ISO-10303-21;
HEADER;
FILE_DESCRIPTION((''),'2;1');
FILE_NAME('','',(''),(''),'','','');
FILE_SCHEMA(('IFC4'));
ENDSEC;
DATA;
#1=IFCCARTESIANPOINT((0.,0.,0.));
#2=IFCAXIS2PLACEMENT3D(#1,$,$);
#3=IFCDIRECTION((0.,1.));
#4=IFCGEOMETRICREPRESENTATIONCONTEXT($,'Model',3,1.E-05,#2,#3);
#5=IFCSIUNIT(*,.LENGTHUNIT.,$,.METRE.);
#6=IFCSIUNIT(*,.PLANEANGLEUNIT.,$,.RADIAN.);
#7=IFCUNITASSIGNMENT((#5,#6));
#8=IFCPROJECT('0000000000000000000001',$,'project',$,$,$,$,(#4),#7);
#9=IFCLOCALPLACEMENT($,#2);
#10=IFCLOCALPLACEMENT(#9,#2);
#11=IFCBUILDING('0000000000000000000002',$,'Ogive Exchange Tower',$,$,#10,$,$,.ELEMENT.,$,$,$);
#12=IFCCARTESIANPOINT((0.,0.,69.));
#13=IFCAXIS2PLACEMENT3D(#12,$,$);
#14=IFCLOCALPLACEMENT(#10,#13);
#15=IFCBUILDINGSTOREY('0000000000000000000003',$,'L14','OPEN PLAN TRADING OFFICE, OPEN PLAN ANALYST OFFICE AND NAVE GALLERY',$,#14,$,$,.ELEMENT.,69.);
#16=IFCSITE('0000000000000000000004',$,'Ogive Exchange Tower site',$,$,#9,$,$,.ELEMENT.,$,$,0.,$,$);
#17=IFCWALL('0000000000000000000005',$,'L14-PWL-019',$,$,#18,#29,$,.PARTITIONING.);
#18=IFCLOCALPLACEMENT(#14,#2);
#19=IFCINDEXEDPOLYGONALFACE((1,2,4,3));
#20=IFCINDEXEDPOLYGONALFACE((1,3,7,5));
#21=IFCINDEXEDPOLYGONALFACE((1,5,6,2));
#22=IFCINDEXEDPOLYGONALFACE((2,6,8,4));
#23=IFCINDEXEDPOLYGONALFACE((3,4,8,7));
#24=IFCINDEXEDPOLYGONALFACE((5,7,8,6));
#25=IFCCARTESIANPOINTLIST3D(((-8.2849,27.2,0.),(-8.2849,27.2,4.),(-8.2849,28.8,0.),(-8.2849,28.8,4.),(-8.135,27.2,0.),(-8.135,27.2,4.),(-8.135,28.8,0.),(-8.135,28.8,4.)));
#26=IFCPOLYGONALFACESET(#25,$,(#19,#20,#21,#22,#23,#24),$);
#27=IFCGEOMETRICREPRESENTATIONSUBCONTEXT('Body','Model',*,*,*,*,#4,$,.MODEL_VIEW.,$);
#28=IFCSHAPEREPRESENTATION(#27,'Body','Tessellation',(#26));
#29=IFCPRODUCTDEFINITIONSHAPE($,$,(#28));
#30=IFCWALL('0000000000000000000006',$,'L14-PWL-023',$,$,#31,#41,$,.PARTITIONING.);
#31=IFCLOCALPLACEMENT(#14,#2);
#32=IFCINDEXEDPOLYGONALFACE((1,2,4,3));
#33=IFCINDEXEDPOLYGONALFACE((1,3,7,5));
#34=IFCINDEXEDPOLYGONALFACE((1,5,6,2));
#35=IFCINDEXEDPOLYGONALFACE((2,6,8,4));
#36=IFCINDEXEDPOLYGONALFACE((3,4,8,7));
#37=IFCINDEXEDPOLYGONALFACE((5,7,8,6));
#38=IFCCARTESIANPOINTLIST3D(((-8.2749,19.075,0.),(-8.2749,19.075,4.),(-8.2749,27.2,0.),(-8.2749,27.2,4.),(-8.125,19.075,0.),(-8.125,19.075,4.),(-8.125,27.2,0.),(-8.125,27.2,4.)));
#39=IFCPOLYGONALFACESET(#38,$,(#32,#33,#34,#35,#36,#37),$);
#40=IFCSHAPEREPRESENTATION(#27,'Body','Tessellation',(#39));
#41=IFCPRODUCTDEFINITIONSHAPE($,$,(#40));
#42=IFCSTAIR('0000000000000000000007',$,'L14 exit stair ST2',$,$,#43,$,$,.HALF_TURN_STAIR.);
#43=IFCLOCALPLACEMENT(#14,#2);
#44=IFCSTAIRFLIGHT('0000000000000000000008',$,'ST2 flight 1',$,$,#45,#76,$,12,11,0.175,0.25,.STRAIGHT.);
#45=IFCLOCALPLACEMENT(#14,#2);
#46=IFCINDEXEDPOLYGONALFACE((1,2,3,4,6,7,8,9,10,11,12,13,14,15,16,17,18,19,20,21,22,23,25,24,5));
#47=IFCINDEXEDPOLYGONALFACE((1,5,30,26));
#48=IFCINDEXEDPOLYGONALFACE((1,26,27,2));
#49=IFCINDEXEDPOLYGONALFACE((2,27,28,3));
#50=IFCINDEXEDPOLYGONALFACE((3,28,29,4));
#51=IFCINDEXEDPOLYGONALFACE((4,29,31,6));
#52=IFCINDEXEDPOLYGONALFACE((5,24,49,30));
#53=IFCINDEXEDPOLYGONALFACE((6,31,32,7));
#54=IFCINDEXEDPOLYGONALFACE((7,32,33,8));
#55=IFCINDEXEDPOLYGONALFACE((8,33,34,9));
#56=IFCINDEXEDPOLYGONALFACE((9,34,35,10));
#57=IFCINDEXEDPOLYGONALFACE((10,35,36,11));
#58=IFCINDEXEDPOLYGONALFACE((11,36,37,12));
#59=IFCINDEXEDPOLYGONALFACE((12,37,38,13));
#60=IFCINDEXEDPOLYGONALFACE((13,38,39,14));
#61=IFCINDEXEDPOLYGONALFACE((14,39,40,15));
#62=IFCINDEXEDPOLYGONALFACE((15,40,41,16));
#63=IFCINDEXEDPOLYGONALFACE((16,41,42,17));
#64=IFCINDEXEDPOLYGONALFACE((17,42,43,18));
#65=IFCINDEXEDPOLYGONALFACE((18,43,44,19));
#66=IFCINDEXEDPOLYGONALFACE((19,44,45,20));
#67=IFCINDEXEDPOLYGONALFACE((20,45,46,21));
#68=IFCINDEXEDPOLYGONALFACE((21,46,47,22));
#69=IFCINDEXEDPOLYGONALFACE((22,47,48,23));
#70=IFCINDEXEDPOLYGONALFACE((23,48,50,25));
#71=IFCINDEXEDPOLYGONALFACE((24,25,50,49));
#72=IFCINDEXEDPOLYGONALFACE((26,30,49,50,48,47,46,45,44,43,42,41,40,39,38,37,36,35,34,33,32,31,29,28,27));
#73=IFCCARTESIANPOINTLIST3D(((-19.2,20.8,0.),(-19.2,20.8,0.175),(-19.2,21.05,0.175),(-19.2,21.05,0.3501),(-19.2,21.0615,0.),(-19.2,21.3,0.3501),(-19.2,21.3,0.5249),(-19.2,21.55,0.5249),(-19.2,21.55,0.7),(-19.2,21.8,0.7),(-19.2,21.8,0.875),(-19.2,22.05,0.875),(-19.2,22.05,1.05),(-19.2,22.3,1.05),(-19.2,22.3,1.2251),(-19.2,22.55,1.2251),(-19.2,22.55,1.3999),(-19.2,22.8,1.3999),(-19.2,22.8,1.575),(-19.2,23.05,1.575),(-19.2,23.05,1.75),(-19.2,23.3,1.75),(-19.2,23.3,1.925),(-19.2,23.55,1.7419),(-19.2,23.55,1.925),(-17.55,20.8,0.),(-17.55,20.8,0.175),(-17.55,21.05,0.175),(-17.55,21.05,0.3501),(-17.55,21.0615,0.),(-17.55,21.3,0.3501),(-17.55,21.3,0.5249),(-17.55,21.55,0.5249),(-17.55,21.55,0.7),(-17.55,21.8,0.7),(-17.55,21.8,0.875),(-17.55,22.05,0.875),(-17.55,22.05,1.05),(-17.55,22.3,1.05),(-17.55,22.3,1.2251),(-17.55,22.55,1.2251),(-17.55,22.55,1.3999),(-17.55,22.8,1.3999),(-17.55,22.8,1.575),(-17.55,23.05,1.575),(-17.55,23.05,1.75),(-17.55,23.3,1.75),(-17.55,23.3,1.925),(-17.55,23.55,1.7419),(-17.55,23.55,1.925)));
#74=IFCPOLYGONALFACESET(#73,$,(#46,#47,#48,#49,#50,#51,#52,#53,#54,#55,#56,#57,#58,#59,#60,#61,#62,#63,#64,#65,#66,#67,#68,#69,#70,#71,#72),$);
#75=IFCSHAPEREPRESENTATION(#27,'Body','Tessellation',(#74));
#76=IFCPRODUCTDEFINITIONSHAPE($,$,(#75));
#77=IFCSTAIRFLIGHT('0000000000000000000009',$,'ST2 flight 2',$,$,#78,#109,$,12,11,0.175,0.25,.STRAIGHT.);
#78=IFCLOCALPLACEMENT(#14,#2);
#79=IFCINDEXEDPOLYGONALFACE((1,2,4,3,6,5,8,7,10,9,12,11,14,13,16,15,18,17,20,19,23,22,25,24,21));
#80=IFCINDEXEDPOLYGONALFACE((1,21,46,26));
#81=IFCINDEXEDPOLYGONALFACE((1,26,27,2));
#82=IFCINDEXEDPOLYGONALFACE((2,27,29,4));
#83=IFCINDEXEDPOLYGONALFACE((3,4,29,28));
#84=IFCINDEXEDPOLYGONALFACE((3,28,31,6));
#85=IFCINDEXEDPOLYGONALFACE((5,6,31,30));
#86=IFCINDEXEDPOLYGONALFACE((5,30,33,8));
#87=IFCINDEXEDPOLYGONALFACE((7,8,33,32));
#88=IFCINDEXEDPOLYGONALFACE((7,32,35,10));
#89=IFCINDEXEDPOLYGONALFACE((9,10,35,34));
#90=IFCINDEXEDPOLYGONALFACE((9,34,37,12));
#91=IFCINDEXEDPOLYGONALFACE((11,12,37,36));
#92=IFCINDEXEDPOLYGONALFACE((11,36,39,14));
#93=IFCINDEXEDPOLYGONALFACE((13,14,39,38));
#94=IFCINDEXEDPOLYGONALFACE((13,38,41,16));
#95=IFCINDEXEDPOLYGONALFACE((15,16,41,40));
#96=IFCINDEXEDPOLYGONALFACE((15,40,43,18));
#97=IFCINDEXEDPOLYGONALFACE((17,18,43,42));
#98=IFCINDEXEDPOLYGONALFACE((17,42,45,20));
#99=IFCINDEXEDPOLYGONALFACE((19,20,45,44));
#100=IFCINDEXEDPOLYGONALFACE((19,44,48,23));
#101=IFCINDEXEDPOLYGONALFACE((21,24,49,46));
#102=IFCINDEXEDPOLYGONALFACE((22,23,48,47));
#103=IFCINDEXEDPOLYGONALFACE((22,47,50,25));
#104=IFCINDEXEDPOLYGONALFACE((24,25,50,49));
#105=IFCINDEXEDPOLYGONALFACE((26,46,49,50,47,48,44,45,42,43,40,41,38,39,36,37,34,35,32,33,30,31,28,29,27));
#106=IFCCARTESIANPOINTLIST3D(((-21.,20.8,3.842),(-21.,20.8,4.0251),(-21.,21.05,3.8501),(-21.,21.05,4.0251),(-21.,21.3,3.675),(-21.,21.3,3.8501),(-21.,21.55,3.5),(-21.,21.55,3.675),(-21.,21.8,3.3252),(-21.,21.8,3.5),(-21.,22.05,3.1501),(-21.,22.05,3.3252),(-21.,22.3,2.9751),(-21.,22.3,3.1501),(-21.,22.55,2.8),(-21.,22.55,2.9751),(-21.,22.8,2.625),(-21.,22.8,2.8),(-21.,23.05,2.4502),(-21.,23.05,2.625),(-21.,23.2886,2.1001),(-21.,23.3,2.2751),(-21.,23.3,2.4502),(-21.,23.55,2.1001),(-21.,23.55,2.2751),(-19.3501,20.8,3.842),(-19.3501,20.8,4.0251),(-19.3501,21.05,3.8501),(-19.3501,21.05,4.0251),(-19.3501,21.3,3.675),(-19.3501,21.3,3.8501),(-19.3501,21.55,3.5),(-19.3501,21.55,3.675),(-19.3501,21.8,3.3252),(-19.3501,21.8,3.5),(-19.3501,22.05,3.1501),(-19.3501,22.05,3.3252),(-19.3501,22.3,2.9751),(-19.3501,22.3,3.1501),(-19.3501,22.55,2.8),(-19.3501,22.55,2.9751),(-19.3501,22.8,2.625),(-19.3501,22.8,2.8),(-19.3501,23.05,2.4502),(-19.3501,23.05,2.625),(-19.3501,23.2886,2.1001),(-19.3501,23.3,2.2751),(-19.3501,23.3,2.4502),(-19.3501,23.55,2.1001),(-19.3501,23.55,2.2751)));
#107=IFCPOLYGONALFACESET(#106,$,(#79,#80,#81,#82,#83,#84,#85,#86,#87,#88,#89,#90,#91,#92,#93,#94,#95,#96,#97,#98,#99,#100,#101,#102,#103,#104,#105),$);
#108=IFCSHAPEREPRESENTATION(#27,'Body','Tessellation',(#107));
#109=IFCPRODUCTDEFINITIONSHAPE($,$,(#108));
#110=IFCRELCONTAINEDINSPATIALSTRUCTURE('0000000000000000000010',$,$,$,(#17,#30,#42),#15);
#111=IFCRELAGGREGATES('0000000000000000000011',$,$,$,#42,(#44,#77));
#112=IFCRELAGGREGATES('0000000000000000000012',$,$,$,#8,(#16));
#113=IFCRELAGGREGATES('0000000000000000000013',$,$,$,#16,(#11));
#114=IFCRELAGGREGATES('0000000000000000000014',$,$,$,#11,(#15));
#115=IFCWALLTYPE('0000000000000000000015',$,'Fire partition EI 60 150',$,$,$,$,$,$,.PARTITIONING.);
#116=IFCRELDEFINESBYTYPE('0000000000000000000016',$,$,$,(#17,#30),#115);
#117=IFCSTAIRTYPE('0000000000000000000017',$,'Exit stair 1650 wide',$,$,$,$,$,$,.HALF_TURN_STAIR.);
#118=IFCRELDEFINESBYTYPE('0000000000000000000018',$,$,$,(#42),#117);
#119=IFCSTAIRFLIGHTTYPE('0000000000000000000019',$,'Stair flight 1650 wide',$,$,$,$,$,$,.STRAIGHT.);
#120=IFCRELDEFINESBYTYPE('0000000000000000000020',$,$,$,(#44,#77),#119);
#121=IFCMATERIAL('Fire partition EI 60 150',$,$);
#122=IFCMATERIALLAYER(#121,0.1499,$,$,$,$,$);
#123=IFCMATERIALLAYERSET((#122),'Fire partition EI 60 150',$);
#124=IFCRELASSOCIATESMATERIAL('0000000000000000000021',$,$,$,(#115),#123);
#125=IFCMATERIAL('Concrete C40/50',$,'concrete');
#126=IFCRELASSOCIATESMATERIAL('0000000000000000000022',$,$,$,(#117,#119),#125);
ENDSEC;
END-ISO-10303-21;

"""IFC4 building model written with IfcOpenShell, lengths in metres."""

from ifc_helpers import new_model, si_unit, direction, frame, frame_2d, origin, place, context, subcontext, project, spatial, polyline, rectangle, outline, extrude, material, layer, layer_set, type_object, element, aggregate, save


model = new_model("IFC4")

# Units and contexts
model_context = context("Model", 3, precision=1e-05, world=origin(), true_north=direction((0.0, 1.0)))
body_context = subcontext(model_context, "Body", "Model", "MODEL_VIEW")
ifc_project = project(units=[si_unit("LENGTHUNIT", "METRE"), si_unit("PLANEANGLEUNIT", "RADIAN")], contexts=[model_context])

# Site, building, storey
site_placement = place(None, origin())
site = spatial("IfcSite", under=ifc_project, at=site_placement, Name="Ogive Exchange Tower site", CompositionType="ELEMENT", RefElevation=0.0)
building_placement = place(site_placement, origin())
building = spatial("IfcBuilding", under=site, at=building_placement, Name="Ogive Exchange Tower", CompositionType="ELEMENT")
storey_placement = place(building_placement, frame((0.0, 0.0, 69.0)))
storey = spatial("IfcBuildingStorey", under=building, at=storey_placement, Name="L14", Description="OPEN PLAN TRADING OFFICE, OPEN PLAN ANALYST OFFICE AND NAVE GALLERY", CompositionType="ELEMENT", Elevation=69.0)

# Walls
ifc_material_1 = material(Name="Fire partition EI 60 150")
ifc_layer = layer(ifc_material_1, 0.1499)
ifc_layer_set = layer_set([ifc_layer], Name="Fire partition EI 60 150")
wall_type = type_object("IfcWallType", Name="Fire partition EI 60 150", PredefinedType="PARTITIONING", material=ifc_layer_set)
wall_1_placement = place(storey_placement, frame((-8.21, 28.8, 0.0), z_axis=(0.0, 0.0, 1.0), x_axis=(0.0, -1.0, 0.0)))
element("IfcWall", 1, at=wall_1_placement, inside=storey, type_object=wall_type, Name="L14-PWL-019", PredefinedType="PARTITIONING", context=body_context, shape_type="SweptSolid", body=[
    extrude(rectangle(XDim=1.6001, YDim=0.1499, at=frame_2d((0.8, 0.0))), origin(), (0.0, 0.0, 1.0), 4.0),
])
wall_2_placement = place(storey_placement, frame((-8.2, 27.2, 0.0), z_axis=(0.0, 0.0, 1.0), x_axis=(0.0, -1.0, 0.0)))
element("IfcWall", 2, at=wall_2_placement, inside=storey, type_object=wall_type, Name="L14-PWL-023", PredefinedType="PARTITIONING", context=body_context, shape_type="SweptSolid", body=[
    extrude(rectangle(XDim=8.125, YDim=0.1499, at=frame_2d((4.0625, 0.0))), origin(), (0.0, 0.0, 1.0), 4.0),
])

# Stair, stair flights
ifc_material_2 = material(Name="Concrete C40/50", Category="concrete")
stair_type = type_object("IfcStairType", Name="Exit stair 1650 wide", PredefinedType="HALF_TURN_STAIR", material=ifc_material_2)
stair_placement = place(storey_placement, origin())
stair = element("IfcStair", 3, at=stair_placement, inside=storey, type_object=stair_type, Name="L14 exit stair ST2", PredefinedType="HALF_TURN_STAIR")
stair_flight_type = type_object("IfcStairFlightType", Name="Stair flight 1650 wide", PredefinedType="STRAIGHT", material=ifc_material_2)
stair_flight_1_placement = place(storey_placement, frame((-18.375, 20.8, 0.0), z_axis=(0.0, 0.0, 1.0), x_axis=(0.0, 1.0, 0.0)))
stair_flight_1 = element("IfcStairFlight", 4, at=stair_flight_1_placement, type_object=stair_flight_type, Name="ST2 flight 1", NumberOfRisers=12, NumberOfTreads=11, PredefinedType="STRAIGHT", RiserHeight=0.175, TreadLength=0.25, context=body_context, shape_type="SweptSolid", body=[
    extrude(outline(polyline([(0.0, 0.0), (0.0, 0.175), (0.25, 0.175), (0.25, 0.3501), (0.5, 0.3501), (0.5, 0.5249), (0.75, 0.5249), (0.75, 0.7), (1.0, 0.7), (1.0, 0.875), (1.25, 0.875), (1.25, 1.05), (1.5, 1.05), (1.5, 1.2251), (1.75, 1.2251), (1.75, 1.3999), (2.0, 1.3999), (2.0, 1.575), (2.25, 1.575), (2.25, 1.75), (2.5, 1.75), (2.5, 1.925), (2.75, 1.925), (2.75, 2.1001), (2.75, 1.7419), (0.2615, 0.0), (0.0, 0.0)])), frame((0.0, 0.825, 0.0), z_axis=(0.0, -1.0, 0.0), x_axis=(1.0, 0.0, 0.0)), (0.0, 0.0, 1.0), 1.6499),
])
stair_flight_2_placement = place(storey_placement, frame((-20.175, 23.55, 2.1001), z_axis=(0.0, 0.0, 1.0), x_axis=(0.0, -1.0, 0.0)))
stair_flight_2 = element("IfcStairFlight", 5, at=stair_flight_2_placement, type_object=stair_flight_type, Name="ST2 flight 2", NumberOfRisers=12, NumberOfTreads=11, PredefinedType="STRAIGHT", RiserHeight=0.175, TreadLength=0.25, context=body_context, shape_type="SweptSolid", body=[
    extrude(outline(polyline([(0.0, 0.0), (0.0, 0.175), (0.25, 0.175), (0.25, 0.3501), (0.5, 0.3501), (0.5, 0.5249), (0.75, 0.5249), (0.75, 0.7), (1.0, 0.7), (1.0, 0.875), (1.25, 0.875), (1.25, 1.05), (1.5, 1.05), (1.5, 1.2251), (1.75, 1.2251), (1.75, 1.3999), (2.0, 1.3999), (2.0, 1.575), (2.25, 1.575), (2.25, 1.75), (2.5, 1.75), (2.5, 1.925), (2.75, 1.925), (2.75, 2.1001), (2.75, 1.7419), (0.2615, 0.0), (0.0, 0.0)])), frame((0.0, 0.825, 0.0), z_axis=(0.0, -1.0, 0.0), x_axis=(1.0, 0.0, 0.0)), (0.0, 0.0, 1.0), 1.6499),
])
aggregate(stair, [stair_flight_1, stair_flight_2])

save(model, "model.ifc")
